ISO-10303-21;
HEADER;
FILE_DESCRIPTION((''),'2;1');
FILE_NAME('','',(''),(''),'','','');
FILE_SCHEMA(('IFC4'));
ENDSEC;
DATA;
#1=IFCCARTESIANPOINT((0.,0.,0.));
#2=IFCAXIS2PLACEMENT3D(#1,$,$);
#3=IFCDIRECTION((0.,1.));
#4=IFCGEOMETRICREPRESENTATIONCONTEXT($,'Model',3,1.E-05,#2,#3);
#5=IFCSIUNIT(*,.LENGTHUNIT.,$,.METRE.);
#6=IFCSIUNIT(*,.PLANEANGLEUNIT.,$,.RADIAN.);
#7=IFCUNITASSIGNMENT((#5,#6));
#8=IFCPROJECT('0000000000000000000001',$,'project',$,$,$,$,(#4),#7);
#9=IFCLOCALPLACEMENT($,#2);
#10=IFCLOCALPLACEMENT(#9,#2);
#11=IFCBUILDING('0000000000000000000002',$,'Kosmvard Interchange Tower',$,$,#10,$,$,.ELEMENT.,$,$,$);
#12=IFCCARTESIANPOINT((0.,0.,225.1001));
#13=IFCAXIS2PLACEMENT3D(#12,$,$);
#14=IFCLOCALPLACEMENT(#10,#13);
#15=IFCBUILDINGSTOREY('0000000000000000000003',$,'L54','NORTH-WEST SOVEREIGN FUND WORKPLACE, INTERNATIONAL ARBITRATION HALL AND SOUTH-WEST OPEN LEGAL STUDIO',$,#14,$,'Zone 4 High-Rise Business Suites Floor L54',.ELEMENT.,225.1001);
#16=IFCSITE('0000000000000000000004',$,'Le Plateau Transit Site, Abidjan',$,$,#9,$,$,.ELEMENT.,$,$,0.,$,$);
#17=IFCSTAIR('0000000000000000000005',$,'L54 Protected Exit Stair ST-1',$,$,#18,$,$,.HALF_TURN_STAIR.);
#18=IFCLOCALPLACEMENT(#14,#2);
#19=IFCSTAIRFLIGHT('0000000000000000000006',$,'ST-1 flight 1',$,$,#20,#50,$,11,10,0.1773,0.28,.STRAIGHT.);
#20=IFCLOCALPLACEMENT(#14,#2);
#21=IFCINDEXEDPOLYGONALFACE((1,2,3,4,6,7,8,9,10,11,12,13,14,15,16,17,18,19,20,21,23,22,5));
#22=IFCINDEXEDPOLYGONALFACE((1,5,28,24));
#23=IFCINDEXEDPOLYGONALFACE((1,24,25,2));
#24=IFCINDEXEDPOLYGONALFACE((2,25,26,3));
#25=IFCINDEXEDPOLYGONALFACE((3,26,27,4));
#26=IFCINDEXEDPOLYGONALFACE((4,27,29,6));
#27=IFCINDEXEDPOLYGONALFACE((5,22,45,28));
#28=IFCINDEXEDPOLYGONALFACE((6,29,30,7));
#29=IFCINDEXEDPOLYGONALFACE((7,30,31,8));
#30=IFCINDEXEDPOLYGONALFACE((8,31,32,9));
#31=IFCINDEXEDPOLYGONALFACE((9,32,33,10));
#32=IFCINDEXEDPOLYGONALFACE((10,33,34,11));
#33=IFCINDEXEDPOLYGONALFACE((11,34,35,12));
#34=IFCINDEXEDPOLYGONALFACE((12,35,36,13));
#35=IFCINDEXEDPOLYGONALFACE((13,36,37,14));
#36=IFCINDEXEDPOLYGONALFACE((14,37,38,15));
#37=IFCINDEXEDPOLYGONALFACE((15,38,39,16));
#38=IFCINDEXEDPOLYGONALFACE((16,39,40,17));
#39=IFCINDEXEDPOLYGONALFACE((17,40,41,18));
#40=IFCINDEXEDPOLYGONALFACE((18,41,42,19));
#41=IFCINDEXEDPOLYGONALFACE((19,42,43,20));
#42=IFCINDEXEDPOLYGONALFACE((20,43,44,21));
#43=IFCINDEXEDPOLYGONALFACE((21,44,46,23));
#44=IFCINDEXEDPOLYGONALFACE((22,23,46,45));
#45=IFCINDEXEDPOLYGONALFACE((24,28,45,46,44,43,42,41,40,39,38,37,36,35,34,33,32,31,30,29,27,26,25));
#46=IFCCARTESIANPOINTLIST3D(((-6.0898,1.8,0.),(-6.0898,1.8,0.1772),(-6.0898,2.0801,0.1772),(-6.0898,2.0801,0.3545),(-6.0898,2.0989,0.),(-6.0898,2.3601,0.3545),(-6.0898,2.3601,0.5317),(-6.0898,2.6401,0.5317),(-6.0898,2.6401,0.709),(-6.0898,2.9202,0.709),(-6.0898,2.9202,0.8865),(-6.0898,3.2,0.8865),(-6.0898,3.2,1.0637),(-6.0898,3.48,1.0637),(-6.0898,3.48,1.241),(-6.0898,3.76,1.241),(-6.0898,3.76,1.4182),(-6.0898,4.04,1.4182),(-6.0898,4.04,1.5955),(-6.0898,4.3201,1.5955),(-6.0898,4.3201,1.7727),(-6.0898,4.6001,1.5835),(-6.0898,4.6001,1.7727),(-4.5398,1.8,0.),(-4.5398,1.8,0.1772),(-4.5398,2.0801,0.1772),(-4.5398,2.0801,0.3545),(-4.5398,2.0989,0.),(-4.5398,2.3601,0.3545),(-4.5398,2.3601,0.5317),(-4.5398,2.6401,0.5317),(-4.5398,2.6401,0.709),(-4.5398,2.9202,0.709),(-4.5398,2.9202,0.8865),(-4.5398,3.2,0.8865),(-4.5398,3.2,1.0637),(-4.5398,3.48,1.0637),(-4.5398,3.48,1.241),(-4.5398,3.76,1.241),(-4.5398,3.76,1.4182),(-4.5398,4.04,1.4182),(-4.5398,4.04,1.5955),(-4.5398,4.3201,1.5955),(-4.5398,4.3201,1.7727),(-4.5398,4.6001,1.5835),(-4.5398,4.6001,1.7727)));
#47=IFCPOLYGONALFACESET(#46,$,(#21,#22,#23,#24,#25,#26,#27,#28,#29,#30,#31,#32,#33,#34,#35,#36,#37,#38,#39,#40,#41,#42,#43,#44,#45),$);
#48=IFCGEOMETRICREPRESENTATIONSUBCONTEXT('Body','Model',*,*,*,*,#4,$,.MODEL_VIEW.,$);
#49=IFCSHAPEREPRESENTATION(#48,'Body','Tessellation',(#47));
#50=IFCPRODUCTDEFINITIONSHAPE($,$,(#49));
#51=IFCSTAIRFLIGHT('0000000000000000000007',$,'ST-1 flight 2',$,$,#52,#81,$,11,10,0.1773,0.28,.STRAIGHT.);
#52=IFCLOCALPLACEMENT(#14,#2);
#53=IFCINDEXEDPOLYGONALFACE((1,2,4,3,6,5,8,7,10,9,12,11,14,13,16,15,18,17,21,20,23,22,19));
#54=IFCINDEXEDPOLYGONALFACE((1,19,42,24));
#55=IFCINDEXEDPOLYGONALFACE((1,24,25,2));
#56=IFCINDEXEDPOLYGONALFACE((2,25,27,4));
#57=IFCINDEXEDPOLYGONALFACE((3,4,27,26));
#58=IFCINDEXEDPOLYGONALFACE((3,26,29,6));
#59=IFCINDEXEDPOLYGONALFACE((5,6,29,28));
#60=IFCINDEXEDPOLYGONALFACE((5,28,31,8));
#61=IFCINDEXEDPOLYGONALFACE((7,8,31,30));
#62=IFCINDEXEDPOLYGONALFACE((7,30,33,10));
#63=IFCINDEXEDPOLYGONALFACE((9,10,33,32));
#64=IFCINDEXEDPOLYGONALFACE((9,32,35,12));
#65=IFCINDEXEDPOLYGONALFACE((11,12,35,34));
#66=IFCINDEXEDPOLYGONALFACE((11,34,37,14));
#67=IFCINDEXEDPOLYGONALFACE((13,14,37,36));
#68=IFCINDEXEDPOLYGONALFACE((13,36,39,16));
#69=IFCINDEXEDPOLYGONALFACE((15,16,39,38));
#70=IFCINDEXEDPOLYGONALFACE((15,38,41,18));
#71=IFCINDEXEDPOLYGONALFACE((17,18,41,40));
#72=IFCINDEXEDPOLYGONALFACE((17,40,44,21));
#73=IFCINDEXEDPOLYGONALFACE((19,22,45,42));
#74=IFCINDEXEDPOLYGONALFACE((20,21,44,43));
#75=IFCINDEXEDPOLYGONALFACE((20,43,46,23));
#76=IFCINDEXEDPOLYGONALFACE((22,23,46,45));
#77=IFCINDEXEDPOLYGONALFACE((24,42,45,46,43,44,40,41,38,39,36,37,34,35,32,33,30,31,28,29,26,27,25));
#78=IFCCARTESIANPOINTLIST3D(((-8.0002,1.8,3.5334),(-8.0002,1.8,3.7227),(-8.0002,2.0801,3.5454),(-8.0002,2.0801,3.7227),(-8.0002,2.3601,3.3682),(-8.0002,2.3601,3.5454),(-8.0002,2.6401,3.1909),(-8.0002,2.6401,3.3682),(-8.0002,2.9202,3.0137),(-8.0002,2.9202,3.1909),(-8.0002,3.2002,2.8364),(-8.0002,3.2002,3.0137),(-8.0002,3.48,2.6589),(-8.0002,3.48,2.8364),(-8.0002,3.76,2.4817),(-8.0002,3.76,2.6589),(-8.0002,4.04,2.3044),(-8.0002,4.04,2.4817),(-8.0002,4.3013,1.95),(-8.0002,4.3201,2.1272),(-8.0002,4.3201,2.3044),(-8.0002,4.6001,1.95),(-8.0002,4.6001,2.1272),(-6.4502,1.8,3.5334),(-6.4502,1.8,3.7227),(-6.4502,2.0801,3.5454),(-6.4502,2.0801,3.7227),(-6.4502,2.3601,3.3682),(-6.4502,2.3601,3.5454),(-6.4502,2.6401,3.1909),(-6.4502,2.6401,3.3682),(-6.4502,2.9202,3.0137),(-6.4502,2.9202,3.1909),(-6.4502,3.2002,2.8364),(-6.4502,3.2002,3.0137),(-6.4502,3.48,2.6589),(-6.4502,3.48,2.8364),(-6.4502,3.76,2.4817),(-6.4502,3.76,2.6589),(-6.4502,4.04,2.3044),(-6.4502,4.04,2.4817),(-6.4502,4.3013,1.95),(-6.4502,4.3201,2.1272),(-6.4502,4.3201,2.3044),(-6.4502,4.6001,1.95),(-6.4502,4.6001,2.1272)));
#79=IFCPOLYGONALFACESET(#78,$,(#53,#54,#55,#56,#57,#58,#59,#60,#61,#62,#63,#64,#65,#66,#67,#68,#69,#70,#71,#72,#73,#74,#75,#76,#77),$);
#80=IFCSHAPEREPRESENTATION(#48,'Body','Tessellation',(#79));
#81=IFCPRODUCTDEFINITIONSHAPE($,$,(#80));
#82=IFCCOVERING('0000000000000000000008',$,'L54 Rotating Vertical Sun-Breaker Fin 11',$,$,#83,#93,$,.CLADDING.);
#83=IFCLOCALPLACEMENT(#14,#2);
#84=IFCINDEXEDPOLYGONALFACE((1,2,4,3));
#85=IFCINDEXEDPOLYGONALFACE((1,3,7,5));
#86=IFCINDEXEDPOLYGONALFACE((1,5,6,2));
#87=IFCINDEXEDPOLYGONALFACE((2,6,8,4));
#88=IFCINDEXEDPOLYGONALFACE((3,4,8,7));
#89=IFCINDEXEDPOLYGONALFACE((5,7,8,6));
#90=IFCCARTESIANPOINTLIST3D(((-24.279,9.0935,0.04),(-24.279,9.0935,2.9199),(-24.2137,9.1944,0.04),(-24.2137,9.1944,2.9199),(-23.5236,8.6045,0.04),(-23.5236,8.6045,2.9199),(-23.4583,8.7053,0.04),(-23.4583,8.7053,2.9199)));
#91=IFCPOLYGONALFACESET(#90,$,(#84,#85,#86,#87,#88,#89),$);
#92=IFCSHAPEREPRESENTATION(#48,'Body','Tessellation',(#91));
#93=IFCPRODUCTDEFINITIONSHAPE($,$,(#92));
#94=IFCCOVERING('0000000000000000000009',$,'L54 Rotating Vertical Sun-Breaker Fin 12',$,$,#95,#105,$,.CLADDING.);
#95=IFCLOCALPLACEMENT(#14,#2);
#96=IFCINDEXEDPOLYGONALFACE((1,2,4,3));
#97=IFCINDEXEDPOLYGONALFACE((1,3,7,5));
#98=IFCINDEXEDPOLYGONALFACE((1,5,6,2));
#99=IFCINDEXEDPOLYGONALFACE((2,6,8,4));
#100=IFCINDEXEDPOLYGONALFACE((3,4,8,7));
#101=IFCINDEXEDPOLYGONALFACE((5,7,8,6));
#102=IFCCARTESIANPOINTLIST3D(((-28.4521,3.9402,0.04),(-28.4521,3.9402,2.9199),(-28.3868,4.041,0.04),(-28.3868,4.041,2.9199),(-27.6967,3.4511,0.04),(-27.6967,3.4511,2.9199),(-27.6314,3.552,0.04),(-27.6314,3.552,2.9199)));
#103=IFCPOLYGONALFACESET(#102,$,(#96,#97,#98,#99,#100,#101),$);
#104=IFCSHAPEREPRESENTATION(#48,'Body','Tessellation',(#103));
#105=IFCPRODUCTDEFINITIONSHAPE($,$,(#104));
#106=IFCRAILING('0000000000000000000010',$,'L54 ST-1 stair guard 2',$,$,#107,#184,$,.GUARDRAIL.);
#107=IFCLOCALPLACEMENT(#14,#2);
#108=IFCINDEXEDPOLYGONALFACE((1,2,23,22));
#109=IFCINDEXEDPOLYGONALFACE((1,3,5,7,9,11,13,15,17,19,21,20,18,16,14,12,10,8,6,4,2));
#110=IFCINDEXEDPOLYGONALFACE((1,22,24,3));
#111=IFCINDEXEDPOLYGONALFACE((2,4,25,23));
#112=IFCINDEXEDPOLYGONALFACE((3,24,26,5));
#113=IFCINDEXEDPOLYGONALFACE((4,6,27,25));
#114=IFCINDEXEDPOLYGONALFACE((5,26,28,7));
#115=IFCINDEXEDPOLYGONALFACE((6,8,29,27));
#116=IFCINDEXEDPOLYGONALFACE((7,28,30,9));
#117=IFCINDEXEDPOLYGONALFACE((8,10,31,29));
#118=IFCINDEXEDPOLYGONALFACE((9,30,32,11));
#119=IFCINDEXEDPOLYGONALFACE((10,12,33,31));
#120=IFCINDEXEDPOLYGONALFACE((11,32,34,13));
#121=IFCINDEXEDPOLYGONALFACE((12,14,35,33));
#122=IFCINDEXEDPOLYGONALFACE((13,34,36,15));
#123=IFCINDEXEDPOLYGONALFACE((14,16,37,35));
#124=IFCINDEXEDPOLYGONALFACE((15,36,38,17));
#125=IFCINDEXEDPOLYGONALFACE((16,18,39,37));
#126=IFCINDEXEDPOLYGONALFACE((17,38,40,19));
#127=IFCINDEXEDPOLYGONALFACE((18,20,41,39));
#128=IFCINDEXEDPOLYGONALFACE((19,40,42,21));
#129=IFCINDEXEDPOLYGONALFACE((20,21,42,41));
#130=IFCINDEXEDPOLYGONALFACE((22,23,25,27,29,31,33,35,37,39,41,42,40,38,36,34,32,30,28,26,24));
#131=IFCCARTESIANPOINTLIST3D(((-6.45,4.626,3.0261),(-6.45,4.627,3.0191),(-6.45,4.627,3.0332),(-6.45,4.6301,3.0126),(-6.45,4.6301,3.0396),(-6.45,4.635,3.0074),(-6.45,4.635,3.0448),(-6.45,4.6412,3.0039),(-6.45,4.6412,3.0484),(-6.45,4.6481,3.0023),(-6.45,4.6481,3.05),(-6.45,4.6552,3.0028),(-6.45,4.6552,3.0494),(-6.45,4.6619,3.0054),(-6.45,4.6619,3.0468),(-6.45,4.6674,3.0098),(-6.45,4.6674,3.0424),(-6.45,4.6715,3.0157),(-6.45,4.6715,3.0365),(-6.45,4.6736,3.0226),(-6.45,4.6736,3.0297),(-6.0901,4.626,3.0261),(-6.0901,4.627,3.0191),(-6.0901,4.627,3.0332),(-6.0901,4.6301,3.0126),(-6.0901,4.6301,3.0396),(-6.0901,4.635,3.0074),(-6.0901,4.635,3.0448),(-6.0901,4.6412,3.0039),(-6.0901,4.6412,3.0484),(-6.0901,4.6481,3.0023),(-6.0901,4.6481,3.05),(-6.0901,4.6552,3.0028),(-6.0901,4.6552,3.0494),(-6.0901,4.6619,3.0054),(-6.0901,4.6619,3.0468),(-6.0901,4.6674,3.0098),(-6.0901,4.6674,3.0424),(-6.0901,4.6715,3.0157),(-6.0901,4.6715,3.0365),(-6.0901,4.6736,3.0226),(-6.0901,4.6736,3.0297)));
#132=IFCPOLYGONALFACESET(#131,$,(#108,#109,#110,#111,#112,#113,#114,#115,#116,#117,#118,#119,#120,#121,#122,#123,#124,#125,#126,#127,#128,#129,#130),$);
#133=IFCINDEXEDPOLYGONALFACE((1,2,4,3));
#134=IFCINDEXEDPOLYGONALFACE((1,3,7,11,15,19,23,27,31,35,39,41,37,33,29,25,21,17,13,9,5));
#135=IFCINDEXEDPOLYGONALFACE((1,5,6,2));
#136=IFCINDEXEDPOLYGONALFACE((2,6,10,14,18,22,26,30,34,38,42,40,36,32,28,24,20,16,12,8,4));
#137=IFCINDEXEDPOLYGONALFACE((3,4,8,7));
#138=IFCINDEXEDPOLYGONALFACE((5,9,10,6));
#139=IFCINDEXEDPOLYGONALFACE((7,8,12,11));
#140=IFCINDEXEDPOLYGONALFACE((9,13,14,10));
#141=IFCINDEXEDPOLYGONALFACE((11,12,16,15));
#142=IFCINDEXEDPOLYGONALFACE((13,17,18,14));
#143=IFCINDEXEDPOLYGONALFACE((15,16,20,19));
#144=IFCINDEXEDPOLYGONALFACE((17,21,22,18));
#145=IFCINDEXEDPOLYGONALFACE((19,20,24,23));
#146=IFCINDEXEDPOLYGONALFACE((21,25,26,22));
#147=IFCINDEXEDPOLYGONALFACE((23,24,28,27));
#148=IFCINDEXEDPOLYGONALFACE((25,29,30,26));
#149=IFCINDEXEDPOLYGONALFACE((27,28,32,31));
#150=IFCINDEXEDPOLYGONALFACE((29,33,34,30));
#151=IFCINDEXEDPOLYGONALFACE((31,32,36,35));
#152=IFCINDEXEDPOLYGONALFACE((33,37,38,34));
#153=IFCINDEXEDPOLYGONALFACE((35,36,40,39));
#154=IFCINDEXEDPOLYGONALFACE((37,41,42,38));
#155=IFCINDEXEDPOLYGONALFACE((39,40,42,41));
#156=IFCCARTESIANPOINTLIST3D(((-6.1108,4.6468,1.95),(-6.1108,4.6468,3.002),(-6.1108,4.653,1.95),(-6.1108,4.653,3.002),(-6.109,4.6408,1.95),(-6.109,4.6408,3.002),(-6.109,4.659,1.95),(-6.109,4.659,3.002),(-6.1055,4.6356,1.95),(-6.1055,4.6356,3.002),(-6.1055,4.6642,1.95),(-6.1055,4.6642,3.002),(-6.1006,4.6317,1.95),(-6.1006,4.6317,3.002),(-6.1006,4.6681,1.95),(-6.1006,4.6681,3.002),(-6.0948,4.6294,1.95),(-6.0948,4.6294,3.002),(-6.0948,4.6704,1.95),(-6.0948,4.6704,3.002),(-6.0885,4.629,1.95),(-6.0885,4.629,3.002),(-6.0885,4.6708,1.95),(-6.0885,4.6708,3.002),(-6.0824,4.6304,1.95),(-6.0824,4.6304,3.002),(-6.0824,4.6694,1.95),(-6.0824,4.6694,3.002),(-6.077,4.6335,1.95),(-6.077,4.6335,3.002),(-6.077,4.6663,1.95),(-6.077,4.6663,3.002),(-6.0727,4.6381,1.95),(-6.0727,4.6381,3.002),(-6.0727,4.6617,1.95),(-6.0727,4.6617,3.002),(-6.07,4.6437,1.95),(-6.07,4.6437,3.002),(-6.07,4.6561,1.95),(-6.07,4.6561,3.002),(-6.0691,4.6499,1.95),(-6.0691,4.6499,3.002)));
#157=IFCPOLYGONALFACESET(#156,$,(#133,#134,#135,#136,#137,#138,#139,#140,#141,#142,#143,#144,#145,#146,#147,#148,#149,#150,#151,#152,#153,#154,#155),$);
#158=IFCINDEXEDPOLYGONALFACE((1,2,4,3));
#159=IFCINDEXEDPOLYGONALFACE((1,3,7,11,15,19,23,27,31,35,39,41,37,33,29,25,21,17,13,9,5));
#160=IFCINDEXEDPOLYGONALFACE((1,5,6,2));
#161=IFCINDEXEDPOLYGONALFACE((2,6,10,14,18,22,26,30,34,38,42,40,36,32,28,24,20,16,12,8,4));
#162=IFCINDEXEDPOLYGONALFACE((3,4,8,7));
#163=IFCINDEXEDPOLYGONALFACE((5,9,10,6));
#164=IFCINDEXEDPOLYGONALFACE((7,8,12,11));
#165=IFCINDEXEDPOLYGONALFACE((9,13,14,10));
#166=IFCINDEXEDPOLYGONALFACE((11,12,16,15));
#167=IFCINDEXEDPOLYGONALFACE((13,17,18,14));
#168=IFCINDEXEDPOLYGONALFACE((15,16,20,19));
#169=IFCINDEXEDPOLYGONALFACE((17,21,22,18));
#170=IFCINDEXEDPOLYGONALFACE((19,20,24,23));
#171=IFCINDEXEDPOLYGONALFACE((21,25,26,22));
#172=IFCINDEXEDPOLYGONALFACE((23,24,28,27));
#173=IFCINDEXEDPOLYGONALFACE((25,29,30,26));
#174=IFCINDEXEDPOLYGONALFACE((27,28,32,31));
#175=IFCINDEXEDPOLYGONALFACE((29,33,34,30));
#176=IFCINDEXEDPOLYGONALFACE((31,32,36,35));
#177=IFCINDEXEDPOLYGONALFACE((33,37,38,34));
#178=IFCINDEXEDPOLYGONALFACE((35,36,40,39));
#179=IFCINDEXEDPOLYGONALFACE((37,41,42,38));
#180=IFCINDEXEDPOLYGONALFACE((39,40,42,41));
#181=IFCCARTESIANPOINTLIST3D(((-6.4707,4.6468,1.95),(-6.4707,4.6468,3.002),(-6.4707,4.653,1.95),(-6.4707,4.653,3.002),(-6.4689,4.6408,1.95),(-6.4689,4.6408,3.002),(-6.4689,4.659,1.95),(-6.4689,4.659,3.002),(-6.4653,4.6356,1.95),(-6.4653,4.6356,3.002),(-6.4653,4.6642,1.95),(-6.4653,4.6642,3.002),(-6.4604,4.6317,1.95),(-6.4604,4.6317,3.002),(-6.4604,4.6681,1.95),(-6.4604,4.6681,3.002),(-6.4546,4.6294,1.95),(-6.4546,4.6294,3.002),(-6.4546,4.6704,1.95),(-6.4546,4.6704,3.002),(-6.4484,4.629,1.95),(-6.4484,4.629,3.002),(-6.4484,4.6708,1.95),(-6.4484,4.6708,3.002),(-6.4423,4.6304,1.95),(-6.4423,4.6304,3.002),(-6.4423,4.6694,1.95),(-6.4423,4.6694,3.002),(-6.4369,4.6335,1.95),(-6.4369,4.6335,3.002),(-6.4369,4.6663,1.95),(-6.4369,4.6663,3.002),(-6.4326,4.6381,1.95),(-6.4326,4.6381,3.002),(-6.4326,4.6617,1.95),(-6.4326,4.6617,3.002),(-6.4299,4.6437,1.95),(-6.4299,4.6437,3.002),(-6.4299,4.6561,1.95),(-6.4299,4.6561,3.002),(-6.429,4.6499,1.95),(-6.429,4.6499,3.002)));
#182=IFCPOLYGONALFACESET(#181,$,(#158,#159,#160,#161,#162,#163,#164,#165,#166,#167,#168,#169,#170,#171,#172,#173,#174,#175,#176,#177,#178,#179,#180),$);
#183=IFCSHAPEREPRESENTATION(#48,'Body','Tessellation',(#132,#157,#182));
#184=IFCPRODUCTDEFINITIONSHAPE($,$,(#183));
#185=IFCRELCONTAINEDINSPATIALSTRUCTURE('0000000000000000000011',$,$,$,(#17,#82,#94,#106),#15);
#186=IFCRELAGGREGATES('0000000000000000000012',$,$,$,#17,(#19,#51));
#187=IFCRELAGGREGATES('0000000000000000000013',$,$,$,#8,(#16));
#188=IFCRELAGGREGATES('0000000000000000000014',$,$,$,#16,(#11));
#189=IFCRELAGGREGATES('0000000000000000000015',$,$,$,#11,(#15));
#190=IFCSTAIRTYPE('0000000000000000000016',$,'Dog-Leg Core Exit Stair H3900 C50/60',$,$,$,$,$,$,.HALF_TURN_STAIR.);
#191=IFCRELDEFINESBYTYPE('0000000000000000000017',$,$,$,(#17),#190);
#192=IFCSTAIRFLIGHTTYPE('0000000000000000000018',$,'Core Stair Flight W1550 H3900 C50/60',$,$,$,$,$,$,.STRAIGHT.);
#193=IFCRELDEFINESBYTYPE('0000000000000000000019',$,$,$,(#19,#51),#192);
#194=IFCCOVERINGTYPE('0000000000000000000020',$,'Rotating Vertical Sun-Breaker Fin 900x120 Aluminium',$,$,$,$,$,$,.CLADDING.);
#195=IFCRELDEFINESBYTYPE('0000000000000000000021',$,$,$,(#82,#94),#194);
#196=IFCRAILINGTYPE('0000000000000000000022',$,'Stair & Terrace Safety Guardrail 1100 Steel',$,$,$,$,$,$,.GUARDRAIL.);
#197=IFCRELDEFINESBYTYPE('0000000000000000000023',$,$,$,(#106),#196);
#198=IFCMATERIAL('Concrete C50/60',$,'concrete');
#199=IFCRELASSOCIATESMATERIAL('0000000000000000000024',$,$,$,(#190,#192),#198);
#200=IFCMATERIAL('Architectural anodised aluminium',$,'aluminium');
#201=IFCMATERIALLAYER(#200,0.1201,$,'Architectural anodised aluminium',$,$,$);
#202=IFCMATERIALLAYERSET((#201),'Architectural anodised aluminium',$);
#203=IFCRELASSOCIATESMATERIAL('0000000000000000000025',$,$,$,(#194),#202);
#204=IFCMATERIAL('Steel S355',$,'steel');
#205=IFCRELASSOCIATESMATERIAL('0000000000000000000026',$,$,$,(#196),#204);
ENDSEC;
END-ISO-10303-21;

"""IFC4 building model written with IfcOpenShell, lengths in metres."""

from ifc_helpers import new_model, si_unit, direction, frame, origin, origin_2d, place, context, subcontext, project, spatial, polyline, rectangle, circle, outline, extrude, source, transform, mapped, material, layer, layer_set, type_object, element, aggregate, save


model = new_model("IFC4")

# Units and contexts
model_context = context("Model", 3, precision=1e-05, world=origin(), true_north=direction((0.0, 1.0)))
body_context = subcontext(model_context, "Body", "Model", "MODEL_VIEW")
ifc_project = project(units=[si_unit("LENGTHUNIT", "METRE"), si_unit("PLANEANGLEUNIT", "RADIAN")], contexts=[model_context])

# Site, building, storey
site_placement = place(None, origin())
site = spatial("IfcSite", under=ifc_project, at=site_placement, Name="Le Plateau Transit Site, Abidjan", CompositionType="ELEMENT", RefElevation=0.0)
building_placement = place(site_placement, origin())
building = spatial("IfcBuilding", under=site, at=building_placement, Name="Kosmvard Interchange Tower", CompositionType="ELEMENT")
storey_placement = place(building_placement, frame((0.0, 0.0, 225.1001)))
storey = spatial("IfcBuildingStorey", under=building, at=storey_placement, Name="L54", Description="NORTH-WEST SOVEREIGN FUND WORKPLACE, INTERNATIONAL ARBITRATION HALL AND SOUTH-WEST OPEN LEGAL STUDIO", LongName="Zone 4 High-Rise Business Suites Floor L54", CompositionType="ELEMENT", Elevation=225.1001)

# Shared definitions
ifc_material_1 = material(Name="Steel S355", Category="steel")

# Stair, stair flights
ifc_material_2 = material(Name="Concrete C50/60", Category="concrete")
stair_type = type_object("IfcStairType", Name="Dog-Leg Core Exit Stair H3900 C50/60", PredefinedType="HALF_TURN_STAIR", material=ifc_material_2)
stair_placement = place(storey_placement, origin())
stair = element("IfcStair", 1, at=stair_placement, inside=storey, type_object=stair_type, Name="L54 Protected Exit Stair ST-1", PredefinedType="HALF_TURN_STAIR")
stair_flight_type = type_object("IfcStairFlightType", Name="Core Stair Flight W1550 H3900 C50/60", PredefinedType="STRAIGHT", material=ifc_material_2)
shared_shape_1 = source(origin(), body_context, "Body", "SweptSolid", [
    extrude(outline(polyline([(0.0, 0.0), (0.0, 0.1772), (0.28, 0.1772), (0.28, 0.3545), (0.5601, 0.3545), (0.5601, 0.5317), (0.8401, 0.5317), (0.8401, 0.709), (1.1201, 0.709), (1.1201, 0.8865), (1.3999, 0.8865), (1.3999, 1.0637), (1.6799, 1.0637), (1.6799, 1.241), (1.96, 1.241), (1.96, 1.4182), (2.24, 1.4182), (2.24, 1.5955), (2.52, 1.5955), (2.52, 1.7727), (2.8, 1.7727), (2.8, 1.95), (2.8, 1.5835), (0.2988, 0.0), (0.0, 0.0)])), frame((0.0, 0.7749, 0.0), z_axis=(0.0, -1.0, 0.0), x_axis=(1.0, 0.0, 0.0)), (0.0, 0.0, 1.0), 1.55),
])
stair_flight_1_placement = place(storey_placement, frame((-5.3149, 1.8, 0.0), z_axis=(0.0, 0.0, 1.0), x_axis=(0.0, 1.0, 0.0)))
stair_flight_1 = element("IfcStairFlight", 2, at=stair_flight_1_placement, type_object=stair_flight_type, Name="ST-1 flight 1", NumberOfRisers=11, NumberOfTreads=10, PredefinedType="STRAIGHT", RiserHeight=0.1773, TreadLength=0.28, context=body_context, shape_type="MappedRepresentation", body=[
    mapped(shared_shape_1, transform((0.0, 0.0, 0.0), scale=1.0)),
])
stair_flight_2_placement = place(storey_placement, frame((-7.2251, 4.6001, 1.95), z_axis=(0.0, 0.0, 1.0), x_axis=(0.0, -1.0, 0.0)))
stair_flight_2 = element("IfcStairFlight", 3, at=stair_flight_2_placement, type_object=stair_flight_type, Name="ST-1 flight 2", NumberOfRisers=11, NumberOfTreads=10, PredefinedType="STRAIGHT", RiserHeight=0.1773, TreadLength=0.28, context=body_context, shape_type="MappedRepresentation", body=[
    mapped(shared_shape_1, transform((0.0, 0.0, 0.0), scale=1.0)),
])
aggregate(stair, [stair_flight_1, stair_flight_2])

# Coverings
ifc_material_3 = material(Name="Architectural anodised aluminium", Category="aluminium")
ifc_layer_1 = layer(ifc_material_3, 0.1201, Name="Architectural anodised aluminium")
ifc_layer_set_1 = layer_set([ifc_layer_1], Name="Architectural anodised aluminium")
covering_type = type_object("IfcCoveringType", Name="Rotating Vertical Sun-Breaker Fin 900x120 Aluminium", PredefinedType="CLADDING", material=ifc_layer_set_1)
shared_shape_2 = source(origin(), body_context, "Body", "SweptSolid", [
    extrude(rectangle(XDim=0.8999, YDim=0.1201, at=origin_2d()), origin(), (0.0, 0.0, 1.0), 2.8799),
])
for number, where, z_axis, x_axis, name in (
    (4, (-23.8687, 8.8994, 0.04), (0.0, 0.0, 1.0), (-0.83943, 0.543467, 0.0), "L54 Rotating Vertical Sun-Breaker Fin 11"),
    (5, (-28.0417, 3.7461, 0.04), (0.0, 0.0, 1.0), (-0.83943, 0.543467, 0.0), "L54 Rotating Vertical Sun-Breaker Fin 12"),
):
    element("IfcCovering", number, at=place(storey_placement, frame(where, z_axis=z_axis, x_axis=x_axis)), inside=storey, type_object=covering_type, Name=name, PredefinedType="CLADDING", context=body_context, shape_type="MappedRepresentation", body=[
        mapped(shared_shape_2, transform((0.0, 0.0, 0.0), scale=1.0)),
    ])

# Railing
railing_type_1 = type_object("IfcRailingType", Name="Stair & Terrace Safety Guardrail 1100 Steel", PredefinedType="GUARDRAIL", material=ifc_material_1)
shared_shape_3 = source(origin(), body_context, "Body", "SweptSolid", [
    extrude(circle(Radius=0.0239, at=origin_2d()), frame((0.0, 0.0, 1.0762), z_axis=(-1.0, 0.0, 0.0), x_axis=(0.0, -1.0, 0.0)), (0.0, 0.0, 1.0), 0.3599),
    extrude(circle(Radius=0.021, at=origin_2d()), origin(), (0.0, 0.0, 1.0), 1.052),
    extrude(circle(Radius=0.021, at=origin_2d()), frame((-0.3599, 0.0, 0.0)), (0.0, 0.0, 1.0), 1.052),
])
for number, where, name in (
    (6, (-6.0901, 4.6499, 1.95), "L54 ST-1 stair guard 2"),
):
    element("IfcRailing", number, at=place(storey_placement, frame(where)), inside=storey, type_object=railing_type_1, Name=name, PredefinedType="GUARDRAIL", context=body_context, shape_type="MappedRepresentation", body=[
        mapped(shared_shape_3, transform((0.0, 0.0, 0.0), scale=1.0)),
    ])

save(model, "model.ifc")
